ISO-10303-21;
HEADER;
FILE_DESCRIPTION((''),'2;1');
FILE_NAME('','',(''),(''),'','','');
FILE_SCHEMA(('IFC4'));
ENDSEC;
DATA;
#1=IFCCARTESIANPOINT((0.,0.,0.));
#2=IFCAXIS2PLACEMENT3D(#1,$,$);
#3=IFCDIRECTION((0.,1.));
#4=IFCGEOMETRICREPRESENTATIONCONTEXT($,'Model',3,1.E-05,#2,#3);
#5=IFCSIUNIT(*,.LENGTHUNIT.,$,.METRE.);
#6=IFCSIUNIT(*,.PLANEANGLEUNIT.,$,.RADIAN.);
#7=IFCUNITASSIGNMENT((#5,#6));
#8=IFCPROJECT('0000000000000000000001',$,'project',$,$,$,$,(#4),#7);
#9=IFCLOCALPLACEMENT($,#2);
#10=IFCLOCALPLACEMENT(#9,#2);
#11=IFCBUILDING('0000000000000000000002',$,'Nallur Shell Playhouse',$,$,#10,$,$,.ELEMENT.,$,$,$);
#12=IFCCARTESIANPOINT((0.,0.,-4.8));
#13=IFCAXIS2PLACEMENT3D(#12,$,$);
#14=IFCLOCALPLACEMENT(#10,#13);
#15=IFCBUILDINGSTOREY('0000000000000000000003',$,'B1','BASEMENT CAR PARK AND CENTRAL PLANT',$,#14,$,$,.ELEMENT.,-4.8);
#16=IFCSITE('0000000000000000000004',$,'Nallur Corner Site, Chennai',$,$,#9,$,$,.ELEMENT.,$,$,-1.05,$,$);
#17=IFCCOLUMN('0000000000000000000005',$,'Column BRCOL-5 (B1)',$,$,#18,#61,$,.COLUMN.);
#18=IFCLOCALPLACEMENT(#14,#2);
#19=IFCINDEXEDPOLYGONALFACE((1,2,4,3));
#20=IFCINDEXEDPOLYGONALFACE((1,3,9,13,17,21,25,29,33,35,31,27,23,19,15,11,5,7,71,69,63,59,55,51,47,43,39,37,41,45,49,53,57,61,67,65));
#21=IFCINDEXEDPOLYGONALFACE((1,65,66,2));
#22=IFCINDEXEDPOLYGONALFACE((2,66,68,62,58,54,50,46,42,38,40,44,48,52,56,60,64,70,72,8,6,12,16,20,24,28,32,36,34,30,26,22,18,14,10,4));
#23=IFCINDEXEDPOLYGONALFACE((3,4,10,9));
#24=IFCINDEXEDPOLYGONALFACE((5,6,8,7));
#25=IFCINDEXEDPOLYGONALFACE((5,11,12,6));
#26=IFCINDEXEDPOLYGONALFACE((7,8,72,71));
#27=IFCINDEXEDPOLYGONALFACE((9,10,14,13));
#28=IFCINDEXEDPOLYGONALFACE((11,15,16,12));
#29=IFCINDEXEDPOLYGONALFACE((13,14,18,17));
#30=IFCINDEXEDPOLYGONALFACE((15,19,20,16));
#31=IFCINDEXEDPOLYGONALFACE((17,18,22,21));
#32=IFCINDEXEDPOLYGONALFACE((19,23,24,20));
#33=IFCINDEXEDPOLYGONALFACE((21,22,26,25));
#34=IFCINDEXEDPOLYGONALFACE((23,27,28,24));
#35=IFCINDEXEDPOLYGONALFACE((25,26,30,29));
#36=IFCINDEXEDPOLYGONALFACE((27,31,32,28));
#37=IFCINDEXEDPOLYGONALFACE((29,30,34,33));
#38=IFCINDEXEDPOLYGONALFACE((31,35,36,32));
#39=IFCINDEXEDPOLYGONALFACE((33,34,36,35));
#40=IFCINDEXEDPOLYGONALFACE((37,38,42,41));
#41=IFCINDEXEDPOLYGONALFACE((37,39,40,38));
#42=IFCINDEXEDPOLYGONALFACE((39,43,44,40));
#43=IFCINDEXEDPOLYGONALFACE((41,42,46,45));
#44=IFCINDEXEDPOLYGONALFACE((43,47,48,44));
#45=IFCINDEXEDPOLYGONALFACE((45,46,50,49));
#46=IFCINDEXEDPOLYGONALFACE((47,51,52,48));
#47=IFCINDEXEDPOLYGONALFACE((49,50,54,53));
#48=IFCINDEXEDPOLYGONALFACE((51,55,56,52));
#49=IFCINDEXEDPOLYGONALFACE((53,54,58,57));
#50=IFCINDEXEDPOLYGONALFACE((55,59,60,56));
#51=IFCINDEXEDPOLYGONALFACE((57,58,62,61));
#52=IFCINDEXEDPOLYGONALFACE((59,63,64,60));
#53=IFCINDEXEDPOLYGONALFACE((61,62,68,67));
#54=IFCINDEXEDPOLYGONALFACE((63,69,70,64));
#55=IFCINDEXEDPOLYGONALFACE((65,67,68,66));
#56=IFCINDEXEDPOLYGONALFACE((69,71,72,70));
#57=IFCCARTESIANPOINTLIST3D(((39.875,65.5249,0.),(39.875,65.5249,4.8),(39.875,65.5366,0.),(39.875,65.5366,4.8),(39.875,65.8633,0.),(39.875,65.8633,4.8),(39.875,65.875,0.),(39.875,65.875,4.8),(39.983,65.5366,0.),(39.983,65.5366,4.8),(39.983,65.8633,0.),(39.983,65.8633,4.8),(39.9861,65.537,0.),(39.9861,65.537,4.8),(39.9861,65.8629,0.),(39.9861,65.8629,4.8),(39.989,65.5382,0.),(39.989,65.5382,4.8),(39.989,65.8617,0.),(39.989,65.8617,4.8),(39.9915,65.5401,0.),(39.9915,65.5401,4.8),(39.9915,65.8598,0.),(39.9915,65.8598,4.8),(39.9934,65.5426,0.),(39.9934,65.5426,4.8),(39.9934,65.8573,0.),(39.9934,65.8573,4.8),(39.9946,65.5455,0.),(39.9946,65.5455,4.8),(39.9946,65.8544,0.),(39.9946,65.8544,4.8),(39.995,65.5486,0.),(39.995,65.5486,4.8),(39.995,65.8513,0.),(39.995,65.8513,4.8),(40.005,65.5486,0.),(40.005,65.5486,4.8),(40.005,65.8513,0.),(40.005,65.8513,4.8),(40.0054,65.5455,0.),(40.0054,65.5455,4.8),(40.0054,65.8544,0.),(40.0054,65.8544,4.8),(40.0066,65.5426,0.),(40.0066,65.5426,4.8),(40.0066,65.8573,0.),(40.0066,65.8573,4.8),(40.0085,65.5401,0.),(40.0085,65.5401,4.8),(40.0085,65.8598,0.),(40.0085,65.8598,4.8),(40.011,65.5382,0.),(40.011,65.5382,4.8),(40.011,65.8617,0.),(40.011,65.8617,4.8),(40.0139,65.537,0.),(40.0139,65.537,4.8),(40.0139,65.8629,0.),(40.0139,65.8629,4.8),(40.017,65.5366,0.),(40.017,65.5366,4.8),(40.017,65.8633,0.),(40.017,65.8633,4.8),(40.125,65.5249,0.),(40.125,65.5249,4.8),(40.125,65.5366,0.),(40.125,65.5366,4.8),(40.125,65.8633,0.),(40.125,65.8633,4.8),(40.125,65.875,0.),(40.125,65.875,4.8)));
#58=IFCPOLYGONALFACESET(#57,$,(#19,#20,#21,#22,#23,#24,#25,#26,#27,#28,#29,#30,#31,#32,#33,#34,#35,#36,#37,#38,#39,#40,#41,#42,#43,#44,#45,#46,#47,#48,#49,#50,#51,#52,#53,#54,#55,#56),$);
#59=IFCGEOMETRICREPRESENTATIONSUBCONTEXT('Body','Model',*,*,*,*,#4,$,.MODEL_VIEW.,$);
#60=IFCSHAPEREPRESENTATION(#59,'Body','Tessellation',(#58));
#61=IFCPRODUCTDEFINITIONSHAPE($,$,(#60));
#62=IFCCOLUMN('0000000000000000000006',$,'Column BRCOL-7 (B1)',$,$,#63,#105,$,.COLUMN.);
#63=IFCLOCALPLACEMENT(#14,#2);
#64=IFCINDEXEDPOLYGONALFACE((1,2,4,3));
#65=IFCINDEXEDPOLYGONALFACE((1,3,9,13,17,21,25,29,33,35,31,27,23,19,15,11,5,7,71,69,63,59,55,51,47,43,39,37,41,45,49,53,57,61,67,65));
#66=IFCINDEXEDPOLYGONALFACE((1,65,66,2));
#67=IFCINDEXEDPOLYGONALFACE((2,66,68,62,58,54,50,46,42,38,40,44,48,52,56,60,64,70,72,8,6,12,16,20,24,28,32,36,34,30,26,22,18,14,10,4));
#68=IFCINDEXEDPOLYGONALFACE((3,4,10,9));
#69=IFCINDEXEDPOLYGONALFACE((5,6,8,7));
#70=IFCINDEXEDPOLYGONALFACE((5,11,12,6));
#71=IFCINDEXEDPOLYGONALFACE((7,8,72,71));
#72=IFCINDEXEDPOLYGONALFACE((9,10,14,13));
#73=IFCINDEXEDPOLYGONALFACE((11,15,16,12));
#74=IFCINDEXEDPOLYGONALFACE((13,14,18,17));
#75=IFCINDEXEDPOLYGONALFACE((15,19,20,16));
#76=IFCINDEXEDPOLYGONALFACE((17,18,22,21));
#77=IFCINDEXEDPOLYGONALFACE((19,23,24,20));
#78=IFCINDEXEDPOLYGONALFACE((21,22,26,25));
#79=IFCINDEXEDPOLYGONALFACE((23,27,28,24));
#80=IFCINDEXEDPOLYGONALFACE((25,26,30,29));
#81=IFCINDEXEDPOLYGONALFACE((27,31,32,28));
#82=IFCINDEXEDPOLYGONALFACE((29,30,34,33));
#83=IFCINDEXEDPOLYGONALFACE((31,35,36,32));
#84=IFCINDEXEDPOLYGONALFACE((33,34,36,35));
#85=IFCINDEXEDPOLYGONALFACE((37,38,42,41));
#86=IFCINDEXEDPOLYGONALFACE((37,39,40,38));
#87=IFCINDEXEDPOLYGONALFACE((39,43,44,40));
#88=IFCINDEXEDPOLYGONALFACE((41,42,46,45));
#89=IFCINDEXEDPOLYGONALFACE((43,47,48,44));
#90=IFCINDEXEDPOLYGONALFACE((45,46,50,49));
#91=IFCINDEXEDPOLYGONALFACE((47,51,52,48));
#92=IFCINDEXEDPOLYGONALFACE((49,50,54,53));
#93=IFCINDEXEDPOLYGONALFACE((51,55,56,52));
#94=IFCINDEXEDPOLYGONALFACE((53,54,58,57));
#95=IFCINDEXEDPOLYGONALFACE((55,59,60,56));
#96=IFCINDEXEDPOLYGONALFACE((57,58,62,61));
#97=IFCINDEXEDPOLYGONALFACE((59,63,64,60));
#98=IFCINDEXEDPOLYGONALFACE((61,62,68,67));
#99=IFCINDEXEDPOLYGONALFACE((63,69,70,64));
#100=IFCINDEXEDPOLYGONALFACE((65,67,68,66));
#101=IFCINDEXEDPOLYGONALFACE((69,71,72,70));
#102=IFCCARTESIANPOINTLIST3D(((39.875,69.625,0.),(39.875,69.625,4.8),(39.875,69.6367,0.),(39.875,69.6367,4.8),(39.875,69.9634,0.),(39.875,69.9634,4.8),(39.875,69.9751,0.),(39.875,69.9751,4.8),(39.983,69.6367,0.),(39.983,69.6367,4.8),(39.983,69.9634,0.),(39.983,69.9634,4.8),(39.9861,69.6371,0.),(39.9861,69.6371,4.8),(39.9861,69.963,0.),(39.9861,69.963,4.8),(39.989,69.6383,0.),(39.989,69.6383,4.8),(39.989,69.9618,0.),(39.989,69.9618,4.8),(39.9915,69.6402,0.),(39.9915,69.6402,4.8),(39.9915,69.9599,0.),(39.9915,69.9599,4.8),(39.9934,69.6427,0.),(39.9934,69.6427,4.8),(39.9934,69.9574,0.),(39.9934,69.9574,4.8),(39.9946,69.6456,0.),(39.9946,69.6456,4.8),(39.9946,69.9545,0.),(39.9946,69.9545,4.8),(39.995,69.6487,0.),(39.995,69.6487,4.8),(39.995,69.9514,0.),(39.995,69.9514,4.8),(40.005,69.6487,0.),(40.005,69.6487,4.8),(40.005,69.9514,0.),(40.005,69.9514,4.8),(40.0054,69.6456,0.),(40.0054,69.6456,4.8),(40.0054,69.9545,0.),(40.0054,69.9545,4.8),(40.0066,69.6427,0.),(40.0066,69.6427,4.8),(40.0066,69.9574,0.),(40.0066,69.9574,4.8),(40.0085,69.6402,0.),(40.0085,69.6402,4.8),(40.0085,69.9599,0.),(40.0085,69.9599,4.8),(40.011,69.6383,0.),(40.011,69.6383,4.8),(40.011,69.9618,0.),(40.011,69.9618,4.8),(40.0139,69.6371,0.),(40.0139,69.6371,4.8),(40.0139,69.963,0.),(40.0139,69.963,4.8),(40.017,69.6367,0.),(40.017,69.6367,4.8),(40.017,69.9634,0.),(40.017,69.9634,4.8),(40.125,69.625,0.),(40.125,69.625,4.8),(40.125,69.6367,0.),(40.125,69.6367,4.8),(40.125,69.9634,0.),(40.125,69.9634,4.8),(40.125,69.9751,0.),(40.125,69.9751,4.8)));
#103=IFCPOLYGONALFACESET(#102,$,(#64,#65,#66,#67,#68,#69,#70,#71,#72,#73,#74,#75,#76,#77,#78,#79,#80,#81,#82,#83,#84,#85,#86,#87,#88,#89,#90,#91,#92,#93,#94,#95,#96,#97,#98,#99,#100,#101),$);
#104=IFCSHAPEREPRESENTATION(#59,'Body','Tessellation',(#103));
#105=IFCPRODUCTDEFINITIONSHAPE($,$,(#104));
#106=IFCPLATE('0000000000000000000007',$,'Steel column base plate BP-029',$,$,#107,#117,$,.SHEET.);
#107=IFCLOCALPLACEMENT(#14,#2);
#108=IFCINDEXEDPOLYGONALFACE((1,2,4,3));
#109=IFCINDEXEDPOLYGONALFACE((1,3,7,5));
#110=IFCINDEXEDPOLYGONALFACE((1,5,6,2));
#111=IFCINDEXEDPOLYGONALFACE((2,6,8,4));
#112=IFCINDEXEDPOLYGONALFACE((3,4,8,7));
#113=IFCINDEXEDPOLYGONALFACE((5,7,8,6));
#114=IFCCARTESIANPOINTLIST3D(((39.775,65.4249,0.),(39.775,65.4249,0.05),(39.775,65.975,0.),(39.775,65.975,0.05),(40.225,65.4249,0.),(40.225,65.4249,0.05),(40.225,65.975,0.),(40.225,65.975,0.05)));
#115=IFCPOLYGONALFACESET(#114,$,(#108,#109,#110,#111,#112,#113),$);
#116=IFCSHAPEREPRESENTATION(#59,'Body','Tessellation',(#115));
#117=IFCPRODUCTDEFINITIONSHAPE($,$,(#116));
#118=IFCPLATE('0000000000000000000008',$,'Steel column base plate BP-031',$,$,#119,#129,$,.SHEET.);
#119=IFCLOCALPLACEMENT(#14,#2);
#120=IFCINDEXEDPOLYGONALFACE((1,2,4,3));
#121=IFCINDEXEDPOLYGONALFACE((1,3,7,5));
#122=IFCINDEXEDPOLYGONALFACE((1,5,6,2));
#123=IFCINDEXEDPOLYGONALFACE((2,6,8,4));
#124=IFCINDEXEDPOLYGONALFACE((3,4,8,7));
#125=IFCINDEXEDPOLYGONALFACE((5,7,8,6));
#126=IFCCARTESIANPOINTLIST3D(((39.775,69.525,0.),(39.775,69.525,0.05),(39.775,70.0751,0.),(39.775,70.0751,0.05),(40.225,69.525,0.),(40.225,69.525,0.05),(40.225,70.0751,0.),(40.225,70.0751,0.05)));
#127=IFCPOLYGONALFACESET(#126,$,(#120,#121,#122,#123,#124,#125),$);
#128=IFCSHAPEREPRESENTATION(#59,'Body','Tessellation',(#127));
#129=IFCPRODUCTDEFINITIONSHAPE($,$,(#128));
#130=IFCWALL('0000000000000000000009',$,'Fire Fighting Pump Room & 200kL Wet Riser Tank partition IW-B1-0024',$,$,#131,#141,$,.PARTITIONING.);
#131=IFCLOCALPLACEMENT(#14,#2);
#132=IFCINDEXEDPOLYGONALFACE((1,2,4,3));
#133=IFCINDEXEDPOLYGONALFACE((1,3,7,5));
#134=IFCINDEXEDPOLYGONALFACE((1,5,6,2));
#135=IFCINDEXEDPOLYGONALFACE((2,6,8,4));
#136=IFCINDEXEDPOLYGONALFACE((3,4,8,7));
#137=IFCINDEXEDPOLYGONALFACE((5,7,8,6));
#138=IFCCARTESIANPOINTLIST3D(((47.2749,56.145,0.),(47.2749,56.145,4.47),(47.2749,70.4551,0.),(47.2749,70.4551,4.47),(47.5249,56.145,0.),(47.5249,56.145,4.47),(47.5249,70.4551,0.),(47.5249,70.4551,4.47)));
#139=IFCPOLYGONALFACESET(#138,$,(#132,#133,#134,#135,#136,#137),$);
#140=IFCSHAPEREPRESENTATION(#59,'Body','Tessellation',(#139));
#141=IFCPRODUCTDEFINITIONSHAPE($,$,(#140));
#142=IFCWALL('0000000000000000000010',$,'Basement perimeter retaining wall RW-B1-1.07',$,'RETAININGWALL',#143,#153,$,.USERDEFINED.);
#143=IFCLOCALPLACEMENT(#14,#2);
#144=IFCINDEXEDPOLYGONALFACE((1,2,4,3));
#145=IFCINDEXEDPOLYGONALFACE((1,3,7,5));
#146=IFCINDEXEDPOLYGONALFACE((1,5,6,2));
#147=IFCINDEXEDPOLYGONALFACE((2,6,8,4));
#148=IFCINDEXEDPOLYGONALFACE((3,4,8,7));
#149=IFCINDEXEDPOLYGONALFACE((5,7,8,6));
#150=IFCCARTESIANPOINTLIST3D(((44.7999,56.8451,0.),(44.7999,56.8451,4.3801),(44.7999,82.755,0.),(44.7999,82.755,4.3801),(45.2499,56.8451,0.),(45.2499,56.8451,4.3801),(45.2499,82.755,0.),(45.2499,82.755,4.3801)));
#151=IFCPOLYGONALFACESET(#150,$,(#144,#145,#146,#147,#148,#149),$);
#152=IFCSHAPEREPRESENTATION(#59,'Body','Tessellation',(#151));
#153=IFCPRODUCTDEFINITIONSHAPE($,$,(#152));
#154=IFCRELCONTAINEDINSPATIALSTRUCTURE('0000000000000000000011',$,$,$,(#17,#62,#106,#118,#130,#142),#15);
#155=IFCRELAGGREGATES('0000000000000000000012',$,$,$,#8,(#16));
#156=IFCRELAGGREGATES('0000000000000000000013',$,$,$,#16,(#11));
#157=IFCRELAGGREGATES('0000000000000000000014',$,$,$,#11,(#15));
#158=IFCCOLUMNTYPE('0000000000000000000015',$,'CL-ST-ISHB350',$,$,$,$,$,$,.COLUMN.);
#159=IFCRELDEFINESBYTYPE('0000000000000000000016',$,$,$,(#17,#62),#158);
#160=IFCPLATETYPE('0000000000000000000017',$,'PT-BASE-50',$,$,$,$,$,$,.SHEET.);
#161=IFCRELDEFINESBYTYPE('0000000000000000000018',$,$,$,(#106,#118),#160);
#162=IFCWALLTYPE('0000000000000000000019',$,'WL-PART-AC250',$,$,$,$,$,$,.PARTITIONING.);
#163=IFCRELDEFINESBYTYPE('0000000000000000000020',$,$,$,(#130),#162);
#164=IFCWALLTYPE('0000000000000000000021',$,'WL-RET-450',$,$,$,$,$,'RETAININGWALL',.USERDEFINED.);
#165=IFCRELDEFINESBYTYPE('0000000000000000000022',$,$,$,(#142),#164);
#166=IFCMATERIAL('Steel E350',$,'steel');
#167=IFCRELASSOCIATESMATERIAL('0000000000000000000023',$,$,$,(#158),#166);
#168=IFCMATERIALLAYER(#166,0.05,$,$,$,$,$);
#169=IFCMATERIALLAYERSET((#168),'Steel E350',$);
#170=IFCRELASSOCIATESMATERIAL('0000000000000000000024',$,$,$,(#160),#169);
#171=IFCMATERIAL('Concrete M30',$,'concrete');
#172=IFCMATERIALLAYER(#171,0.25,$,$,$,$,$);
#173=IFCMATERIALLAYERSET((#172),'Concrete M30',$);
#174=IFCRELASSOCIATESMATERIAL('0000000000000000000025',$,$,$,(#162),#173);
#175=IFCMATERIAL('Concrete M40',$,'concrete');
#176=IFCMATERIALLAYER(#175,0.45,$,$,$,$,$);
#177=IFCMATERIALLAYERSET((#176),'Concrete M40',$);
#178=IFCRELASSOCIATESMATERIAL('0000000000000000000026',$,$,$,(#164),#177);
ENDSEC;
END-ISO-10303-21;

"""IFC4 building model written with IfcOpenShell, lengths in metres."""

from ifc_helpers import new_model, si_unit, direction, frame, frame_2d, origin, origin_2d, place, context, subcontext, project, spatial, rectangle, i_section, extrude, material, layer, layer_set, material_profile, profile_set, type_object, element, save


model = new_model("IFC4")

# Units and contexts
model_context = context("Model", 3, precision=1e-05, world=origin(), true_north=direction((0.0, 1.0)))
body_context = subcontext(model_context, "Body", "Model", "MODEL_VIEW")
ifc_project = project(units=[si_unit("LENGTHUNIT", "METRE"), si_unit("PLANEANGLEUNIT", "RADIAN")], contexts=[model_context])

# Site, building, storey
site_placement = place(None, origin())
site = spatial("IfcSite", under=ifc_project, at=site_placement, Name="Nallur Corner Site, Chennai", CompositionType="ELEMENT", RefElevation=-1.05)
building_placement = place(site_placement, origin())
building = spatial("IfcBuilding", under=site, at=building_placement, Name="Nallur Shell Playhouse", CompositionType="ELEMENT")
storey_placement = place(building_placement, frame((0.0, 0.0, -4.8)))
storey = spatial("IfcBuildingStorey", under=building, at=storey_placement, Name="B1", Description="BASEMENT CAR PARK AND CENTRAL PLANT", CompositionType="ELEMENT", Elevation=-4.8)

# Columns
ifc_material_1 = material(Name="Concrete M40", Category="concrete")
ifc_material_2 = material(Name="Steel E350", Category="steel")
ifc_material_profile_1 = material_profile(ifc_material_2, i_section(OverallWidth=0.25, OverallDepth=0.3501, WebThickness=0.01, FlangeThickness=0.0117, FilletRadius=0.012, at=origin_2d()), Name="ISHB 350")
ifc_profile_set_1 = profile_set([ifc_material_profile_1], Name="Steel E350")
column_type_1 = type_object("IfcColumnType", Name="CL-ST-ISHB350", PredefinedType="COLUMN", material=ifc_profile_set_1)
for number, where, z_axis, x_axis, name in (
    (1, (40.0, 65.7, 0.0), (0.0, 0.0, 1.0), (1.0, 0.0, 0.0), "Column BRCOL-5 (B1)"),
    (2, (40.0, 69.8, 0.0), (0.0, 0.0, 1.0), (1.0, 0.0, 0.0), "Column BRCOL-7 (B1)"),
):
    element("IfcColumn", number, at=place(storey_placement, frame(where, z_axis=z_axis, x_axis=x_axis)), inside=storey, type_object=column_type_1, Name=name, PredefinedType="COLUMN", context=body_context, shape_type="SweptSolid", body=[
        extrude(i_section(OverallWidth=0.25, OverallDepth=0.3501, WebThickness=0.01, FlangeThickness=0.0117, FilletRadius=0.012, at=origin_2d()), origin(), (0.0, 0.0, 1.0), 4.8),
    ])

# Plates
ifc_layer_1 = layer(ifc_material_2, 0.05)
ifc_layer_set_1 = layer_set([ifc_layer_1], Name="Steel E350")
plate_type = type_object("IfcPlateType", Name="PT-BASE-50", PredefinedType="SHEET", material=ifc_layer_set_1)
for number, where, z_axis, x_axis, name in (
    (3, (40.0, 65.7, 0.0), (0.0, 0.0, 1.0), (1.0, 0.0, 0.0), "Steel column base plate BP-029"),
    (4, (40.0, 69.8, 0.0), (0.0, 0.0, 1.0), (1.0, 0.0, 0.0), "Steel column base plate BP-031"),
):
    element("IfcPlate", number, at=place(storey_placement, frame(where, z_axis=z_axis, x_axis=x_axis)), inside=storey, type_object=plate_type, Name=name, PredefinedType="SHEET", context=body_context, shape_type="SweptSolid", body=[
        extrude(rectangle(XDim=0.45, YDim=0.55, at=origin_2d()), origin(), (0.0, 0.0, 1.0), 0.05),
    ])

# Walls
ifc_material_3 = material(Name="Concrete M30", Category="concrete")
ifc_layer_2 = layer(ifc_material_3, 0.25)
ifc_layer_set_2 = layer_set([ifc_layer_2], Name="Concrete M30")
wall_type_1 = type_object("IfcWallType", Name="WL-PART-AC250", PredefinedType="PARTITIONING", material=ifc_layer_set_2)
wall_1_placement = place(storey_placement, frame((47.3999, 56.145, 0.0), z_axis=(0.0, 0.0, 1.0), x_axis=(0.0, 1.0, 0.0)))
element("IfcWall", 5, at=wall_1_placement, inside=storey, type_object=wall_type_1, Name="Fire Fighting Pump Room & 200kL Wet Riser Tank partition IW-B1-0024", PredefinedType="PARTITIONING", context=body_context, shape_type="SweptSolid", body=[
    extrude(rectangle(XDim=14.3101, YDim=0.25, at=frame_2d((7.155, 0.0))), origin(), (0.0, 0.0, 1.0), 4.47),
])
ifc_layer_3 = layer(ifc_material_1, 0.45)
ifc_layer_set_3 = layer_set([ifc_layer_3], Name="Concrete M40")
wall_type_2 = type_object("IfcWallType", Name="WL-RET-450", ElementType="RETAININGWALL", PredefinedType="USERDEFINED", material=ifc_layer_set_3)
wall_2_placement = place(storey_placement, frame((45.0249, 56.845, 0.0), z_axis=(0.0, 0.0, 1.0), x_axis=(0.0, 1.0, 0.0)))
element("IfcWall", 6, at=wall_2_placement, inside=storey, type_object=wall_type_2, Name="Basement perimeter retaining wall RW-B1-1.07", ObjectType="RETAININGWALL", PredefinedType="USERDEFINED", context=body_context, shape_type="SweptSolid", body=[
    extrude(rectangle(XDim=25.9099, YDim=0.45, at=frame_2d((12.9551, 0.0))), origin(), (0.0, 0.0, 1.0), 4.3801),
])

save(model, "model.ifc")
